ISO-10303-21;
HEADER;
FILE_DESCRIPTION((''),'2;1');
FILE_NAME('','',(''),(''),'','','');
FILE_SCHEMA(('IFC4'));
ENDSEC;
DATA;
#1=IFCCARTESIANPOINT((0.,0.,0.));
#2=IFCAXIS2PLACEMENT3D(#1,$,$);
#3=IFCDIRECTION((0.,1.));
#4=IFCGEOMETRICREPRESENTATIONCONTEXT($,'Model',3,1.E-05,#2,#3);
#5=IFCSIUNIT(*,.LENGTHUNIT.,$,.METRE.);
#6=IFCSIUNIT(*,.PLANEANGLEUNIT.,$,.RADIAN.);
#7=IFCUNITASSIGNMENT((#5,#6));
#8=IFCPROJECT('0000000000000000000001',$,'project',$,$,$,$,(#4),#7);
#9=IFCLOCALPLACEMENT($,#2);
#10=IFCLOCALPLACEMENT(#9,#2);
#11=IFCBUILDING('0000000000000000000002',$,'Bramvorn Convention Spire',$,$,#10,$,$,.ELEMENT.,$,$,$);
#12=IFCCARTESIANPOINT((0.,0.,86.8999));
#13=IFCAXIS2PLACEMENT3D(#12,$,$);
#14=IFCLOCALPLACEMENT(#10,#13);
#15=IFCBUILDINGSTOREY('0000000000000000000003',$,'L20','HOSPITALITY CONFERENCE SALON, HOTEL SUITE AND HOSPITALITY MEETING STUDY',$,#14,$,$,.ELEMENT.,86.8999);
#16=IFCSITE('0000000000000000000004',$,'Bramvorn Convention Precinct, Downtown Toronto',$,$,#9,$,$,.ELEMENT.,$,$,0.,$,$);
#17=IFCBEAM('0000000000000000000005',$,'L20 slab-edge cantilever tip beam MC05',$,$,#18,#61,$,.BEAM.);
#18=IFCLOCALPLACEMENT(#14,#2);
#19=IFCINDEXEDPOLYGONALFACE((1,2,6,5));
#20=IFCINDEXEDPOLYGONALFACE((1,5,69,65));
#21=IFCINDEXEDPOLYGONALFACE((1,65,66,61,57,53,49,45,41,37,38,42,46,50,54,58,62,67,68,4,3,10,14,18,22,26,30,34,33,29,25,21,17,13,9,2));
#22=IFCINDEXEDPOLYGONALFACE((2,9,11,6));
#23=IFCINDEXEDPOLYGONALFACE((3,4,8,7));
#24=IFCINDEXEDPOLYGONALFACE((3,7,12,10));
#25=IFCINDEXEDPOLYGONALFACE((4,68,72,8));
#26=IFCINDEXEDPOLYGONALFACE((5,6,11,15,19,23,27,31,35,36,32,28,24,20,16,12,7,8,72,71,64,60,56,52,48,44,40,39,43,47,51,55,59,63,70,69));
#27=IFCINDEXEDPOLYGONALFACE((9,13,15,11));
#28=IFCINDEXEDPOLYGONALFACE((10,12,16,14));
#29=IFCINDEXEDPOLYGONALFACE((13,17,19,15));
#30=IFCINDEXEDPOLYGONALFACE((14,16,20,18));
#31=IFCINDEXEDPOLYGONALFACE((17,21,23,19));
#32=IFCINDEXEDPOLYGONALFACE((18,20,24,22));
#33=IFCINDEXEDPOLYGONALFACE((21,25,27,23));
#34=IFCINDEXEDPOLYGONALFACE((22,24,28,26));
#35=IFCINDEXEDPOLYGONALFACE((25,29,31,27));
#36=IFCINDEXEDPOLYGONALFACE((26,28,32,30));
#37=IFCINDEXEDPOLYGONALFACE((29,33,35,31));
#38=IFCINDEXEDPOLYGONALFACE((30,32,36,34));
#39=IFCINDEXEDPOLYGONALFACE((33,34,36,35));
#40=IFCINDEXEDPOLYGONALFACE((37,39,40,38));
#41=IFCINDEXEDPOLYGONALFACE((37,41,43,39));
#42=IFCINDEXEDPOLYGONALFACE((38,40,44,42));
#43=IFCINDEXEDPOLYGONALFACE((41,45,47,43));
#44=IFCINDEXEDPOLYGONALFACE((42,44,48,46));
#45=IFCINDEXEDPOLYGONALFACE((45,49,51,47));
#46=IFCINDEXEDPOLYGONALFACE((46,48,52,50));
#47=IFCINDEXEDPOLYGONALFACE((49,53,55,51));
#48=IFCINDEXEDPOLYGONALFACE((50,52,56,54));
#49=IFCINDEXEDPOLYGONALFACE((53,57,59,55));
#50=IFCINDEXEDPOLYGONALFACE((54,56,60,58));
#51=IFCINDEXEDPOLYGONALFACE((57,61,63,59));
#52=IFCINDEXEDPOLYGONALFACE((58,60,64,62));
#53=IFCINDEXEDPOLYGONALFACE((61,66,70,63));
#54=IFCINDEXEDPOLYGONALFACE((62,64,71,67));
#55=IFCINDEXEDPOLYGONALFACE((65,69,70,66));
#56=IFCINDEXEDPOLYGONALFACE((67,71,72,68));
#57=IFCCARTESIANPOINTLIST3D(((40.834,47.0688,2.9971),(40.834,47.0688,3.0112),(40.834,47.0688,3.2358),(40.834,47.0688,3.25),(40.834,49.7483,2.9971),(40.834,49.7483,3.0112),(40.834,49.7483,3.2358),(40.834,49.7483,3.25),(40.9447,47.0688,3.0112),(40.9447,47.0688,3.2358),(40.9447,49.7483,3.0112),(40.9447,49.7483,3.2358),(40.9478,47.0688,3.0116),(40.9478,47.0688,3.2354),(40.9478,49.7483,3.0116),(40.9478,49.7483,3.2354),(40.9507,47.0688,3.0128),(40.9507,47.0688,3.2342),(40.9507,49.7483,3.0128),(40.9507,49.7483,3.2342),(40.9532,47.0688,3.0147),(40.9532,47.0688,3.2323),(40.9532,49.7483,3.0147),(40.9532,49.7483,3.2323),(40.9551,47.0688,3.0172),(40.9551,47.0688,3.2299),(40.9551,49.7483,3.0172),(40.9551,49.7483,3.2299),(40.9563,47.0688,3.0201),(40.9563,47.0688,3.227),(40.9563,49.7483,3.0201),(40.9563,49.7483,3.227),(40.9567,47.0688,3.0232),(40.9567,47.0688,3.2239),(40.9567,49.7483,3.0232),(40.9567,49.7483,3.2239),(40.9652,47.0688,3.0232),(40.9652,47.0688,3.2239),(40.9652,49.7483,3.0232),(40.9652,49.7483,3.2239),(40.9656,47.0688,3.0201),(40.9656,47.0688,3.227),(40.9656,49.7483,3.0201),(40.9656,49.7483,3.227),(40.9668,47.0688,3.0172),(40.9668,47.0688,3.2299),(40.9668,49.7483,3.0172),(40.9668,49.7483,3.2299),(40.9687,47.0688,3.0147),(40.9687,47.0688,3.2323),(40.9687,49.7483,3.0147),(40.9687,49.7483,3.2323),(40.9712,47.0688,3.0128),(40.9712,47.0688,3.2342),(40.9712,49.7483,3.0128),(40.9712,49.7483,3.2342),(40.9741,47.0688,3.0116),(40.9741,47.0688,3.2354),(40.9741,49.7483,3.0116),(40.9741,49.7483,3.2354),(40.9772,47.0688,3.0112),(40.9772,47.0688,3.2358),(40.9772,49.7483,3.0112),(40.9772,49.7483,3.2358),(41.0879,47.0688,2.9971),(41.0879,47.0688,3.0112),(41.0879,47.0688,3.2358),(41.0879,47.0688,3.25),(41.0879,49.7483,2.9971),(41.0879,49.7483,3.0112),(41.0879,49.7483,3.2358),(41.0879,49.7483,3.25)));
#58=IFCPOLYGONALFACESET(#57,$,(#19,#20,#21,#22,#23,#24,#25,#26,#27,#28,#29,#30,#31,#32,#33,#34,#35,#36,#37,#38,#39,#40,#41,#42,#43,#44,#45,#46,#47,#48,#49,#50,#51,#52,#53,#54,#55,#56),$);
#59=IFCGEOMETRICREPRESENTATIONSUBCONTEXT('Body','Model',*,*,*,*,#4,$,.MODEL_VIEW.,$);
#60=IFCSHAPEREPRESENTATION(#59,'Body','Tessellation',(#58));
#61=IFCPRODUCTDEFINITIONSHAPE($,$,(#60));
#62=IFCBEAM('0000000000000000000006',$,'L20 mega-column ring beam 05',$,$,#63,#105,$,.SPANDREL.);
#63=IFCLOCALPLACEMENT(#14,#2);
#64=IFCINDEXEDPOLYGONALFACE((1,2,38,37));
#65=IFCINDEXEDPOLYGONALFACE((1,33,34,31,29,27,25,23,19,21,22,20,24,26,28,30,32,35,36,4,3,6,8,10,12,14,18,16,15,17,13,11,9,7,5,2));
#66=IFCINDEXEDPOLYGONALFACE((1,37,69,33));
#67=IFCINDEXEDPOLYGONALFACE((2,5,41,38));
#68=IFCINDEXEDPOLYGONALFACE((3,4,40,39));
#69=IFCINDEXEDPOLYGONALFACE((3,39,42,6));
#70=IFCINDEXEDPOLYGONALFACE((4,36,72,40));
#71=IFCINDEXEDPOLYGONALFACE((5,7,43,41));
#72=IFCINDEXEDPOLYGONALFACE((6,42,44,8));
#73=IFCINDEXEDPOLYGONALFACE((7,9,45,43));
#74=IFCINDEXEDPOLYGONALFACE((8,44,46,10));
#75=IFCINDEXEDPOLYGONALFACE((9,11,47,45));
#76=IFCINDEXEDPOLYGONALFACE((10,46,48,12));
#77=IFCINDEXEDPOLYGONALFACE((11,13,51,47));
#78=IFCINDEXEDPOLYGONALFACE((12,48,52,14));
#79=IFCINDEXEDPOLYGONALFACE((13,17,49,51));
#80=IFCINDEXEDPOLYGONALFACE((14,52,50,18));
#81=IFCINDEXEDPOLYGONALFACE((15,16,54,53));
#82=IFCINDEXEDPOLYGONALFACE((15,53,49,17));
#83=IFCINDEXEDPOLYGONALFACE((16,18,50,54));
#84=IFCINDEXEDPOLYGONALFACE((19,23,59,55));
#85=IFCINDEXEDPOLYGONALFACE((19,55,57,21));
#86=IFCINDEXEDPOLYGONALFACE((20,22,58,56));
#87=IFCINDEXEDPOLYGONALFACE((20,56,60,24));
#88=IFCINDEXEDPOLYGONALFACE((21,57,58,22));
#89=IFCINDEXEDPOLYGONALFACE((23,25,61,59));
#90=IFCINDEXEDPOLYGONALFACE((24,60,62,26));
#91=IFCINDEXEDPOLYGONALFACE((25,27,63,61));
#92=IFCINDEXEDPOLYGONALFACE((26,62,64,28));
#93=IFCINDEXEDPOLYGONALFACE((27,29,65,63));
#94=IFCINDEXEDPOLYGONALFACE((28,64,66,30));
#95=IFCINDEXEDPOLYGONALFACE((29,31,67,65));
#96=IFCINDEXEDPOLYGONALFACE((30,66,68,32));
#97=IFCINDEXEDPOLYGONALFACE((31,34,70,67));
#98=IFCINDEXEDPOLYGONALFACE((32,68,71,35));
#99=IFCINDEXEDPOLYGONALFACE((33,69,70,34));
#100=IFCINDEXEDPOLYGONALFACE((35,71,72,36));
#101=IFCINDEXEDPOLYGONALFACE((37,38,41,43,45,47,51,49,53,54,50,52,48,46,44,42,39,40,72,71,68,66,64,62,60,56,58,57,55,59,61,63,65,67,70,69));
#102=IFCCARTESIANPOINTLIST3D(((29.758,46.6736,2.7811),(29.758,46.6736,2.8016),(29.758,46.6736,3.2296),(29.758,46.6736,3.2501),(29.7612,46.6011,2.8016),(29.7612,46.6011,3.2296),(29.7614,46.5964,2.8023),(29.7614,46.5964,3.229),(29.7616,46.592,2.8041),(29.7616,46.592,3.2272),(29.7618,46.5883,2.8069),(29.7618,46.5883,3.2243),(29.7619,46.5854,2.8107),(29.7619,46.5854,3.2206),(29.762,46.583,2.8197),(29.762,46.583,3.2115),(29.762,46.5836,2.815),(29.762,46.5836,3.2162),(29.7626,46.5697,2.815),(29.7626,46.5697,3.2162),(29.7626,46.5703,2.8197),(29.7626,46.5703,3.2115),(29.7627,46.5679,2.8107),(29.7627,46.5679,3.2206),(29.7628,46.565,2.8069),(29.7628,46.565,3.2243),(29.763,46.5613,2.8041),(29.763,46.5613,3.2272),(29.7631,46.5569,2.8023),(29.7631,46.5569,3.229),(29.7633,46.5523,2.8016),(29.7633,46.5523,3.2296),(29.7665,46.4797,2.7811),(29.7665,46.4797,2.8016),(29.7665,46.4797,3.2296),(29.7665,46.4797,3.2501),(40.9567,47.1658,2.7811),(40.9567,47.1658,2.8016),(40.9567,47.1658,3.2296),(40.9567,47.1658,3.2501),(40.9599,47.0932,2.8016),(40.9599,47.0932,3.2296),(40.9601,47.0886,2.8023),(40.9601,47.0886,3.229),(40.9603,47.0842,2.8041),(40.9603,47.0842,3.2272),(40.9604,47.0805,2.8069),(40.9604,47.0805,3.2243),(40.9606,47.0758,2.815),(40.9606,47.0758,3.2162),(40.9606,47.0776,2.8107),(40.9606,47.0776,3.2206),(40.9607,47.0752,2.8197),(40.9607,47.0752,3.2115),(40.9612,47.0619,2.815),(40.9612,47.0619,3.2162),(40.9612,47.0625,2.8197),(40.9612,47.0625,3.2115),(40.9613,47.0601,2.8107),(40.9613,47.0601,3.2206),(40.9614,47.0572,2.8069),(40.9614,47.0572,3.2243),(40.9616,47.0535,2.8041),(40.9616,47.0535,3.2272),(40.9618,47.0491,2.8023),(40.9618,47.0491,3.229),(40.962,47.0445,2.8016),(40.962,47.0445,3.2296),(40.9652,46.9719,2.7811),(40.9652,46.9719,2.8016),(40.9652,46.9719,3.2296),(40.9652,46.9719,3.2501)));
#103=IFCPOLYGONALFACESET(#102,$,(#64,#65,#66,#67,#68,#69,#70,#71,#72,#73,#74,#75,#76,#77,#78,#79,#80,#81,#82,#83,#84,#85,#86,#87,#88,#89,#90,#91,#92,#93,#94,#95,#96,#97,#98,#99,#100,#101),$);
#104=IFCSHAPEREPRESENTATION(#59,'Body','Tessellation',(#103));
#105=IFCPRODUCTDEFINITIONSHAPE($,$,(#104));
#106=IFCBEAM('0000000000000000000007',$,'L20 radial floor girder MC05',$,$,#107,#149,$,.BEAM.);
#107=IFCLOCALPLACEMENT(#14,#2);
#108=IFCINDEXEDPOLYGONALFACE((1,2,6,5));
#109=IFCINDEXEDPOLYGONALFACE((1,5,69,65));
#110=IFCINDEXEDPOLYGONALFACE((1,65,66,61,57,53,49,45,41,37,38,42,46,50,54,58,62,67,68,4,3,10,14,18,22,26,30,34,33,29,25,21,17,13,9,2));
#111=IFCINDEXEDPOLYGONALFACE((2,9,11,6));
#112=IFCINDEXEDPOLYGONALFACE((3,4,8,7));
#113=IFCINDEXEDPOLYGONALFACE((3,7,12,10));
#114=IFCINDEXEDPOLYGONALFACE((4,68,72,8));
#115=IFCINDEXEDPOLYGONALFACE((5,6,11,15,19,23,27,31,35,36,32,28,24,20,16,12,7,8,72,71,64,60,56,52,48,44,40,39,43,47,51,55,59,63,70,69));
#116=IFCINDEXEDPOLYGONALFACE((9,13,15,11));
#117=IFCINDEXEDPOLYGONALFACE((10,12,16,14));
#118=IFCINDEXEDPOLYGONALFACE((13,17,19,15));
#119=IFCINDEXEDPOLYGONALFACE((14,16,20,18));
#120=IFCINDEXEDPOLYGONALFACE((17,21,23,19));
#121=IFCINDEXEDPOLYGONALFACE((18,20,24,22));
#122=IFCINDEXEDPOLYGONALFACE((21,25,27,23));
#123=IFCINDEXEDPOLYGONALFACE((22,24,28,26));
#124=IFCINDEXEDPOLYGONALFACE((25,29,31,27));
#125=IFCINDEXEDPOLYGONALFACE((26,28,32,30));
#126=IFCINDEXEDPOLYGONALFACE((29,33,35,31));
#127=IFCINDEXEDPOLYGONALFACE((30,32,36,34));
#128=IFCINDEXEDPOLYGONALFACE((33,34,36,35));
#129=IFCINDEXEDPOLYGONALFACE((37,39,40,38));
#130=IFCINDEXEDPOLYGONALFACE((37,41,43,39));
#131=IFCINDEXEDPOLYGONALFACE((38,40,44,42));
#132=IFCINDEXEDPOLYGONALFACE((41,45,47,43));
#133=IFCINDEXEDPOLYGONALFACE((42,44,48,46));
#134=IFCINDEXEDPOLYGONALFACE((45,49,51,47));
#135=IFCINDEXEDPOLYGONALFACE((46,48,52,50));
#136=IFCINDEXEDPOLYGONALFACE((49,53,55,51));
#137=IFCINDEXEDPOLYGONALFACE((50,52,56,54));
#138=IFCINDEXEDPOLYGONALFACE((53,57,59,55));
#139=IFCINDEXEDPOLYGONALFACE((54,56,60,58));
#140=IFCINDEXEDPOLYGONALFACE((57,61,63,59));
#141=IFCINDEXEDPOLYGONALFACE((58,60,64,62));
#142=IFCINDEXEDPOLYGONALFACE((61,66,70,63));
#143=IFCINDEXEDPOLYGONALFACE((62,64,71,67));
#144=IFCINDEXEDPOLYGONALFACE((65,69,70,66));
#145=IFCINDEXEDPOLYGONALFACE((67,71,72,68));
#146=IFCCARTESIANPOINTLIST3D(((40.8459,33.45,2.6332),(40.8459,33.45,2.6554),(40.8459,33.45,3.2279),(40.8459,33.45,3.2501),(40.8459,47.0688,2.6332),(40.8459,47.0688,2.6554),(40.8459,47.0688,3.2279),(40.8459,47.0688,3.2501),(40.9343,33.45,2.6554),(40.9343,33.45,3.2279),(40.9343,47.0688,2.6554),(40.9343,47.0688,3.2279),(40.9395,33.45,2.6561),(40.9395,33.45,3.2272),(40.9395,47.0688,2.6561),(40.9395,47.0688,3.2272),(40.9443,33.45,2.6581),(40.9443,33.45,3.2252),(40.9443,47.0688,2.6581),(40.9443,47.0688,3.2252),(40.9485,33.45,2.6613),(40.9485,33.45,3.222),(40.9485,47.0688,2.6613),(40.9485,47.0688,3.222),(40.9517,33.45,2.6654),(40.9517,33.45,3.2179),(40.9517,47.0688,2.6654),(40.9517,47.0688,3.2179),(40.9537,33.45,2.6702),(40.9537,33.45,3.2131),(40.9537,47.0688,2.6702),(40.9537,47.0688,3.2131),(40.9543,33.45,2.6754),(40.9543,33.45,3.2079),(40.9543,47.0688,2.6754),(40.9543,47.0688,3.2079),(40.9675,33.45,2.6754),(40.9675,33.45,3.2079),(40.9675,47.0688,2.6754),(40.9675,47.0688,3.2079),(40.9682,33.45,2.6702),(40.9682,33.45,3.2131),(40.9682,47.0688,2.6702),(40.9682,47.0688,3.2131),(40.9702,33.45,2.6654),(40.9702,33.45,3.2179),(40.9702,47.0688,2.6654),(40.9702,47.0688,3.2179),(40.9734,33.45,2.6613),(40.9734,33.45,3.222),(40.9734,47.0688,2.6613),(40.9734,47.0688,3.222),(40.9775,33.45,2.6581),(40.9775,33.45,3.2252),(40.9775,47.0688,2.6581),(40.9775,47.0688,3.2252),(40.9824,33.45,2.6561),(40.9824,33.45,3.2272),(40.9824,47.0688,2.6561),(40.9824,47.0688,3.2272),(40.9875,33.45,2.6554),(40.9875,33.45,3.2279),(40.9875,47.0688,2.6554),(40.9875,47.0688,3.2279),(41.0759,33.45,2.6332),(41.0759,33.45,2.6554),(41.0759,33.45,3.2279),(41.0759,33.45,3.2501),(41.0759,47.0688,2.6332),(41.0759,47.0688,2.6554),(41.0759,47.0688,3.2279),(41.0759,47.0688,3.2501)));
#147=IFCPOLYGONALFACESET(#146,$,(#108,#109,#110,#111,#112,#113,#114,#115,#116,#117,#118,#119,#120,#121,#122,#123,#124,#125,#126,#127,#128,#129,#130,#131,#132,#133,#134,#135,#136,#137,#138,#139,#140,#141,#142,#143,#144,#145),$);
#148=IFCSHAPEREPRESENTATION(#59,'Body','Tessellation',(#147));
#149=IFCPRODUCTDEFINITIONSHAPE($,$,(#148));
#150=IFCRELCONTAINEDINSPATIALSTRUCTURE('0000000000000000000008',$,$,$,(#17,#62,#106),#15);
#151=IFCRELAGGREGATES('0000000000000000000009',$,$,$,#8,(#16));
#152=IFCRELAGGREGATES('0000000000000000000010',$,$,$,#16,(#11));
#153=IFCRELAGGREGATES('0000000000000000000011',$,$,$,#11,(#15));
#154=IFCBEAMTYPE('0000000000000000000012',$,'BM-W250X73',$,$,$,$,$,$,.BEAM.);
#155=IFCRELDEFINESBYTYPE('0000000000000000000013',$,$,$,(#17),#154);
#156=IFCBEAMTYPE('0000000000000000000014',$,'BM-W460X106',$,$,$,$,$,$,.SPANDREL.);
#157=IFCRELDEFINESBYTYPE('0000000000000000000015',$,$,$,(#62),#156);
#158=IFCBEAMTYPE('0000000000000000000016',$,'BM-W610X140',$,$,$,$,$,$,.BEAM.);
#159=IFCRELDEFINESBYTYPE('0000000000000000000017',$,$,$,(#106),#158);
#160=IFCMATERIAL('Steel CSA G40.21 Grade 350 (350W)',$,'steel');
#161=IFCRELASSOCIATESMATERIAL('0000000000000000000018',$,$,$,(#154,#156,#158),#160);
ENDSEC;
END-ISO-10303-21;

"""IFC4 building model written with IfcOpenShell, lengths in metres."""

from ifc_helpers import new_model, si_unit, direction, frame, origin, origin_2d, place, context, subcontext, project, spatial, i_section, extrude, material, material_profile, profile_set, type_object, element, save


model = new_model("IFC4")

# Units and contexts
model_context = context("Model", 3, precision=1e-05, world=origin(), true_north=direction((0.0, 1.0)))
body_context = subcontext(model_context, "Body", "Model", "MODEL_VIEW")
ifc_project = project(units=[si_unit("LENGTHUNIT", "METRE"), si_unit("PLANEANGLEUNIT", "RADIAN")], contexts=[model_context])

# Site, building, storey
site_placement = place(None, origin())
site = spatial("IfcSite", under=ifc_project, at=site_placement, Name="Bramvorn Convention Precinct, Downtown Toronto", CompositionType="ELEMENT", RefElevation=0.0)
building_placement = place(site_placement, origin())
building = spatial("IfcBuilding", under=site, at=building_placement, Name="Bramvorn Convention Spire", CompositionType="ELEMENT")
storey_placement = place(building_placement, frame((0.0, 0.0, 86.8999)))
storey = spatial("IfcBuildingStorey", under=building, at=storey_placement, Name="L20", Description="HOSPITALITY CONFERENCE SALON, HOTEL SUITE AND HOSPITALITY MEETING STUDY", CompositionType="ELEMENT", Elevation=86.8999)

# Shared definitions
ifc_material_1 = material(Name="Steel CSA G40.21 Grade 350 (350W)", Category="steel")

# Beams
ifc_material_profile_1 = material_profile(ifc_material_1, i_section(OverallWidth=0.2539, OverallDepth=0.2529, WebThickness=0.0085, FlangeThickness=0.0142, FilletRadius=0.012, at=origin_2d()))
ifc_profile_set_1 = profile_set([ifc_material_profile_1], Name="Steel CSA G40.21 Grade 350 (350W) - W250X73")
beam_type_1 = type_object("IfcBeamType", Name="BM-W250X73", PredefinedType="BEAM", material=ifc_profile_set_1)
beam_1_placement = place(storey_placement, frame((40.9609, 47.0688, 3.1235), z_axis=(0.0, 1.0, 0.0), x_axis=(-1.0, 0.0, 0.0)))
element("IfcBeam", 1, at=beam_1_placement, inside=storey, type_object=beam_type_1, Name="L20 slab-edge cantilever tip beam MC05", PredefinedType="BEAM", context=body_context, shape_type="SweptSolid", body=[
    extrude(i_section(OverallWidth=0.2539, OverallDepth=0.2529, WebThickness=0.0085, FlangeThickness=0.0142, FilletRadius=0.012, at=origin_2d()), origin(), (0.0, 0.0, 1.0), 2.6794),
])
ifc_material_profile_2 = material_profile(ifc_material_1, i_section(OverallWidth=0.1941, OverallDepth=0.469, WebThickness=0.0127, FlangeThickness=0.0205, FilletRadius=0.0181, at=origin_2d()))
ifc_profile_set_2 = profile_set([ifc_material_profile_2], Name="Steel CSA G40.21 Grade 350 (350W) - W460X106")
beam_type_2 = type_object("IfcBeamType", Name="BM-W460X106", PredefinedType="SPANDREL", material=ifc_profile_set_2)
beam_2_placement = place(storey_placement, frame((40.9609, 47.0688, 3.0156), z_axis=(-0.999036, -0.043908, 0.0), x_axis=(0.043908, -0.999036, 0.0)))
element("IfcBeam", 2, at=beam_2_placement, inside=storey, type_object=beam_type_2, Name="L20 mega-column ring beam 05", PredefinedType="SPANDREL", context=body_context, shape_type="SweptSolid", body=[
    extrude(i_section(OverallWidth=0.1941, OverallDepth=0.469, WebThickness=0.0127, FlangeThickness=0.0205, FilletRadius=0.0181, at=origin_2d()), origin(), (0.0, 0.0, 1.0), 11.2095),
])
ifc_material_profile_3 = material_profile(ifc_material_1, i_section(OverallWidth=0.23, OverallDepth=0.6169, WebThickness=0.0132, FlangeThickness=0.0222, FilletRadius=0.02, at=origin_2d()))
ifc_profile_set_3 = profile_set([ifc_material_profile_3], Name="Steel CSA G40.21 Grade 350 (350W) - W610X140")
beam_type_3 = type_object("IfcBeamType", Name="BM-W610X140", PredefinedType="BEAM", material=ifc_profile_set_3)
beam_3_placement = place(storey_placement, frame((40.9609, 33.45, 2.9417), z_axis=(0.0, 1.0, 0.0), x_axis=(-1.0, 0.0, 0.0)))
element("IfcBeam", 3, at=beam_3_placement, inside=storey, type_object=beam_type_3, Name="L20 radial floor girder MC05", PredefinedType="BEAM", context=body_context, shape_type="SweptSolid", body=[
    extrude(i_section(OverallWidth=0.23, OverallDepth=0.6169, WebThickness=0.0132, FlangeThickness=0.0222, FilletRadius=0.02, at=origin_2d()), origin(), (0.0, 0.0, 1.0), 13.6189),
])

save(model, "model.ifc")
